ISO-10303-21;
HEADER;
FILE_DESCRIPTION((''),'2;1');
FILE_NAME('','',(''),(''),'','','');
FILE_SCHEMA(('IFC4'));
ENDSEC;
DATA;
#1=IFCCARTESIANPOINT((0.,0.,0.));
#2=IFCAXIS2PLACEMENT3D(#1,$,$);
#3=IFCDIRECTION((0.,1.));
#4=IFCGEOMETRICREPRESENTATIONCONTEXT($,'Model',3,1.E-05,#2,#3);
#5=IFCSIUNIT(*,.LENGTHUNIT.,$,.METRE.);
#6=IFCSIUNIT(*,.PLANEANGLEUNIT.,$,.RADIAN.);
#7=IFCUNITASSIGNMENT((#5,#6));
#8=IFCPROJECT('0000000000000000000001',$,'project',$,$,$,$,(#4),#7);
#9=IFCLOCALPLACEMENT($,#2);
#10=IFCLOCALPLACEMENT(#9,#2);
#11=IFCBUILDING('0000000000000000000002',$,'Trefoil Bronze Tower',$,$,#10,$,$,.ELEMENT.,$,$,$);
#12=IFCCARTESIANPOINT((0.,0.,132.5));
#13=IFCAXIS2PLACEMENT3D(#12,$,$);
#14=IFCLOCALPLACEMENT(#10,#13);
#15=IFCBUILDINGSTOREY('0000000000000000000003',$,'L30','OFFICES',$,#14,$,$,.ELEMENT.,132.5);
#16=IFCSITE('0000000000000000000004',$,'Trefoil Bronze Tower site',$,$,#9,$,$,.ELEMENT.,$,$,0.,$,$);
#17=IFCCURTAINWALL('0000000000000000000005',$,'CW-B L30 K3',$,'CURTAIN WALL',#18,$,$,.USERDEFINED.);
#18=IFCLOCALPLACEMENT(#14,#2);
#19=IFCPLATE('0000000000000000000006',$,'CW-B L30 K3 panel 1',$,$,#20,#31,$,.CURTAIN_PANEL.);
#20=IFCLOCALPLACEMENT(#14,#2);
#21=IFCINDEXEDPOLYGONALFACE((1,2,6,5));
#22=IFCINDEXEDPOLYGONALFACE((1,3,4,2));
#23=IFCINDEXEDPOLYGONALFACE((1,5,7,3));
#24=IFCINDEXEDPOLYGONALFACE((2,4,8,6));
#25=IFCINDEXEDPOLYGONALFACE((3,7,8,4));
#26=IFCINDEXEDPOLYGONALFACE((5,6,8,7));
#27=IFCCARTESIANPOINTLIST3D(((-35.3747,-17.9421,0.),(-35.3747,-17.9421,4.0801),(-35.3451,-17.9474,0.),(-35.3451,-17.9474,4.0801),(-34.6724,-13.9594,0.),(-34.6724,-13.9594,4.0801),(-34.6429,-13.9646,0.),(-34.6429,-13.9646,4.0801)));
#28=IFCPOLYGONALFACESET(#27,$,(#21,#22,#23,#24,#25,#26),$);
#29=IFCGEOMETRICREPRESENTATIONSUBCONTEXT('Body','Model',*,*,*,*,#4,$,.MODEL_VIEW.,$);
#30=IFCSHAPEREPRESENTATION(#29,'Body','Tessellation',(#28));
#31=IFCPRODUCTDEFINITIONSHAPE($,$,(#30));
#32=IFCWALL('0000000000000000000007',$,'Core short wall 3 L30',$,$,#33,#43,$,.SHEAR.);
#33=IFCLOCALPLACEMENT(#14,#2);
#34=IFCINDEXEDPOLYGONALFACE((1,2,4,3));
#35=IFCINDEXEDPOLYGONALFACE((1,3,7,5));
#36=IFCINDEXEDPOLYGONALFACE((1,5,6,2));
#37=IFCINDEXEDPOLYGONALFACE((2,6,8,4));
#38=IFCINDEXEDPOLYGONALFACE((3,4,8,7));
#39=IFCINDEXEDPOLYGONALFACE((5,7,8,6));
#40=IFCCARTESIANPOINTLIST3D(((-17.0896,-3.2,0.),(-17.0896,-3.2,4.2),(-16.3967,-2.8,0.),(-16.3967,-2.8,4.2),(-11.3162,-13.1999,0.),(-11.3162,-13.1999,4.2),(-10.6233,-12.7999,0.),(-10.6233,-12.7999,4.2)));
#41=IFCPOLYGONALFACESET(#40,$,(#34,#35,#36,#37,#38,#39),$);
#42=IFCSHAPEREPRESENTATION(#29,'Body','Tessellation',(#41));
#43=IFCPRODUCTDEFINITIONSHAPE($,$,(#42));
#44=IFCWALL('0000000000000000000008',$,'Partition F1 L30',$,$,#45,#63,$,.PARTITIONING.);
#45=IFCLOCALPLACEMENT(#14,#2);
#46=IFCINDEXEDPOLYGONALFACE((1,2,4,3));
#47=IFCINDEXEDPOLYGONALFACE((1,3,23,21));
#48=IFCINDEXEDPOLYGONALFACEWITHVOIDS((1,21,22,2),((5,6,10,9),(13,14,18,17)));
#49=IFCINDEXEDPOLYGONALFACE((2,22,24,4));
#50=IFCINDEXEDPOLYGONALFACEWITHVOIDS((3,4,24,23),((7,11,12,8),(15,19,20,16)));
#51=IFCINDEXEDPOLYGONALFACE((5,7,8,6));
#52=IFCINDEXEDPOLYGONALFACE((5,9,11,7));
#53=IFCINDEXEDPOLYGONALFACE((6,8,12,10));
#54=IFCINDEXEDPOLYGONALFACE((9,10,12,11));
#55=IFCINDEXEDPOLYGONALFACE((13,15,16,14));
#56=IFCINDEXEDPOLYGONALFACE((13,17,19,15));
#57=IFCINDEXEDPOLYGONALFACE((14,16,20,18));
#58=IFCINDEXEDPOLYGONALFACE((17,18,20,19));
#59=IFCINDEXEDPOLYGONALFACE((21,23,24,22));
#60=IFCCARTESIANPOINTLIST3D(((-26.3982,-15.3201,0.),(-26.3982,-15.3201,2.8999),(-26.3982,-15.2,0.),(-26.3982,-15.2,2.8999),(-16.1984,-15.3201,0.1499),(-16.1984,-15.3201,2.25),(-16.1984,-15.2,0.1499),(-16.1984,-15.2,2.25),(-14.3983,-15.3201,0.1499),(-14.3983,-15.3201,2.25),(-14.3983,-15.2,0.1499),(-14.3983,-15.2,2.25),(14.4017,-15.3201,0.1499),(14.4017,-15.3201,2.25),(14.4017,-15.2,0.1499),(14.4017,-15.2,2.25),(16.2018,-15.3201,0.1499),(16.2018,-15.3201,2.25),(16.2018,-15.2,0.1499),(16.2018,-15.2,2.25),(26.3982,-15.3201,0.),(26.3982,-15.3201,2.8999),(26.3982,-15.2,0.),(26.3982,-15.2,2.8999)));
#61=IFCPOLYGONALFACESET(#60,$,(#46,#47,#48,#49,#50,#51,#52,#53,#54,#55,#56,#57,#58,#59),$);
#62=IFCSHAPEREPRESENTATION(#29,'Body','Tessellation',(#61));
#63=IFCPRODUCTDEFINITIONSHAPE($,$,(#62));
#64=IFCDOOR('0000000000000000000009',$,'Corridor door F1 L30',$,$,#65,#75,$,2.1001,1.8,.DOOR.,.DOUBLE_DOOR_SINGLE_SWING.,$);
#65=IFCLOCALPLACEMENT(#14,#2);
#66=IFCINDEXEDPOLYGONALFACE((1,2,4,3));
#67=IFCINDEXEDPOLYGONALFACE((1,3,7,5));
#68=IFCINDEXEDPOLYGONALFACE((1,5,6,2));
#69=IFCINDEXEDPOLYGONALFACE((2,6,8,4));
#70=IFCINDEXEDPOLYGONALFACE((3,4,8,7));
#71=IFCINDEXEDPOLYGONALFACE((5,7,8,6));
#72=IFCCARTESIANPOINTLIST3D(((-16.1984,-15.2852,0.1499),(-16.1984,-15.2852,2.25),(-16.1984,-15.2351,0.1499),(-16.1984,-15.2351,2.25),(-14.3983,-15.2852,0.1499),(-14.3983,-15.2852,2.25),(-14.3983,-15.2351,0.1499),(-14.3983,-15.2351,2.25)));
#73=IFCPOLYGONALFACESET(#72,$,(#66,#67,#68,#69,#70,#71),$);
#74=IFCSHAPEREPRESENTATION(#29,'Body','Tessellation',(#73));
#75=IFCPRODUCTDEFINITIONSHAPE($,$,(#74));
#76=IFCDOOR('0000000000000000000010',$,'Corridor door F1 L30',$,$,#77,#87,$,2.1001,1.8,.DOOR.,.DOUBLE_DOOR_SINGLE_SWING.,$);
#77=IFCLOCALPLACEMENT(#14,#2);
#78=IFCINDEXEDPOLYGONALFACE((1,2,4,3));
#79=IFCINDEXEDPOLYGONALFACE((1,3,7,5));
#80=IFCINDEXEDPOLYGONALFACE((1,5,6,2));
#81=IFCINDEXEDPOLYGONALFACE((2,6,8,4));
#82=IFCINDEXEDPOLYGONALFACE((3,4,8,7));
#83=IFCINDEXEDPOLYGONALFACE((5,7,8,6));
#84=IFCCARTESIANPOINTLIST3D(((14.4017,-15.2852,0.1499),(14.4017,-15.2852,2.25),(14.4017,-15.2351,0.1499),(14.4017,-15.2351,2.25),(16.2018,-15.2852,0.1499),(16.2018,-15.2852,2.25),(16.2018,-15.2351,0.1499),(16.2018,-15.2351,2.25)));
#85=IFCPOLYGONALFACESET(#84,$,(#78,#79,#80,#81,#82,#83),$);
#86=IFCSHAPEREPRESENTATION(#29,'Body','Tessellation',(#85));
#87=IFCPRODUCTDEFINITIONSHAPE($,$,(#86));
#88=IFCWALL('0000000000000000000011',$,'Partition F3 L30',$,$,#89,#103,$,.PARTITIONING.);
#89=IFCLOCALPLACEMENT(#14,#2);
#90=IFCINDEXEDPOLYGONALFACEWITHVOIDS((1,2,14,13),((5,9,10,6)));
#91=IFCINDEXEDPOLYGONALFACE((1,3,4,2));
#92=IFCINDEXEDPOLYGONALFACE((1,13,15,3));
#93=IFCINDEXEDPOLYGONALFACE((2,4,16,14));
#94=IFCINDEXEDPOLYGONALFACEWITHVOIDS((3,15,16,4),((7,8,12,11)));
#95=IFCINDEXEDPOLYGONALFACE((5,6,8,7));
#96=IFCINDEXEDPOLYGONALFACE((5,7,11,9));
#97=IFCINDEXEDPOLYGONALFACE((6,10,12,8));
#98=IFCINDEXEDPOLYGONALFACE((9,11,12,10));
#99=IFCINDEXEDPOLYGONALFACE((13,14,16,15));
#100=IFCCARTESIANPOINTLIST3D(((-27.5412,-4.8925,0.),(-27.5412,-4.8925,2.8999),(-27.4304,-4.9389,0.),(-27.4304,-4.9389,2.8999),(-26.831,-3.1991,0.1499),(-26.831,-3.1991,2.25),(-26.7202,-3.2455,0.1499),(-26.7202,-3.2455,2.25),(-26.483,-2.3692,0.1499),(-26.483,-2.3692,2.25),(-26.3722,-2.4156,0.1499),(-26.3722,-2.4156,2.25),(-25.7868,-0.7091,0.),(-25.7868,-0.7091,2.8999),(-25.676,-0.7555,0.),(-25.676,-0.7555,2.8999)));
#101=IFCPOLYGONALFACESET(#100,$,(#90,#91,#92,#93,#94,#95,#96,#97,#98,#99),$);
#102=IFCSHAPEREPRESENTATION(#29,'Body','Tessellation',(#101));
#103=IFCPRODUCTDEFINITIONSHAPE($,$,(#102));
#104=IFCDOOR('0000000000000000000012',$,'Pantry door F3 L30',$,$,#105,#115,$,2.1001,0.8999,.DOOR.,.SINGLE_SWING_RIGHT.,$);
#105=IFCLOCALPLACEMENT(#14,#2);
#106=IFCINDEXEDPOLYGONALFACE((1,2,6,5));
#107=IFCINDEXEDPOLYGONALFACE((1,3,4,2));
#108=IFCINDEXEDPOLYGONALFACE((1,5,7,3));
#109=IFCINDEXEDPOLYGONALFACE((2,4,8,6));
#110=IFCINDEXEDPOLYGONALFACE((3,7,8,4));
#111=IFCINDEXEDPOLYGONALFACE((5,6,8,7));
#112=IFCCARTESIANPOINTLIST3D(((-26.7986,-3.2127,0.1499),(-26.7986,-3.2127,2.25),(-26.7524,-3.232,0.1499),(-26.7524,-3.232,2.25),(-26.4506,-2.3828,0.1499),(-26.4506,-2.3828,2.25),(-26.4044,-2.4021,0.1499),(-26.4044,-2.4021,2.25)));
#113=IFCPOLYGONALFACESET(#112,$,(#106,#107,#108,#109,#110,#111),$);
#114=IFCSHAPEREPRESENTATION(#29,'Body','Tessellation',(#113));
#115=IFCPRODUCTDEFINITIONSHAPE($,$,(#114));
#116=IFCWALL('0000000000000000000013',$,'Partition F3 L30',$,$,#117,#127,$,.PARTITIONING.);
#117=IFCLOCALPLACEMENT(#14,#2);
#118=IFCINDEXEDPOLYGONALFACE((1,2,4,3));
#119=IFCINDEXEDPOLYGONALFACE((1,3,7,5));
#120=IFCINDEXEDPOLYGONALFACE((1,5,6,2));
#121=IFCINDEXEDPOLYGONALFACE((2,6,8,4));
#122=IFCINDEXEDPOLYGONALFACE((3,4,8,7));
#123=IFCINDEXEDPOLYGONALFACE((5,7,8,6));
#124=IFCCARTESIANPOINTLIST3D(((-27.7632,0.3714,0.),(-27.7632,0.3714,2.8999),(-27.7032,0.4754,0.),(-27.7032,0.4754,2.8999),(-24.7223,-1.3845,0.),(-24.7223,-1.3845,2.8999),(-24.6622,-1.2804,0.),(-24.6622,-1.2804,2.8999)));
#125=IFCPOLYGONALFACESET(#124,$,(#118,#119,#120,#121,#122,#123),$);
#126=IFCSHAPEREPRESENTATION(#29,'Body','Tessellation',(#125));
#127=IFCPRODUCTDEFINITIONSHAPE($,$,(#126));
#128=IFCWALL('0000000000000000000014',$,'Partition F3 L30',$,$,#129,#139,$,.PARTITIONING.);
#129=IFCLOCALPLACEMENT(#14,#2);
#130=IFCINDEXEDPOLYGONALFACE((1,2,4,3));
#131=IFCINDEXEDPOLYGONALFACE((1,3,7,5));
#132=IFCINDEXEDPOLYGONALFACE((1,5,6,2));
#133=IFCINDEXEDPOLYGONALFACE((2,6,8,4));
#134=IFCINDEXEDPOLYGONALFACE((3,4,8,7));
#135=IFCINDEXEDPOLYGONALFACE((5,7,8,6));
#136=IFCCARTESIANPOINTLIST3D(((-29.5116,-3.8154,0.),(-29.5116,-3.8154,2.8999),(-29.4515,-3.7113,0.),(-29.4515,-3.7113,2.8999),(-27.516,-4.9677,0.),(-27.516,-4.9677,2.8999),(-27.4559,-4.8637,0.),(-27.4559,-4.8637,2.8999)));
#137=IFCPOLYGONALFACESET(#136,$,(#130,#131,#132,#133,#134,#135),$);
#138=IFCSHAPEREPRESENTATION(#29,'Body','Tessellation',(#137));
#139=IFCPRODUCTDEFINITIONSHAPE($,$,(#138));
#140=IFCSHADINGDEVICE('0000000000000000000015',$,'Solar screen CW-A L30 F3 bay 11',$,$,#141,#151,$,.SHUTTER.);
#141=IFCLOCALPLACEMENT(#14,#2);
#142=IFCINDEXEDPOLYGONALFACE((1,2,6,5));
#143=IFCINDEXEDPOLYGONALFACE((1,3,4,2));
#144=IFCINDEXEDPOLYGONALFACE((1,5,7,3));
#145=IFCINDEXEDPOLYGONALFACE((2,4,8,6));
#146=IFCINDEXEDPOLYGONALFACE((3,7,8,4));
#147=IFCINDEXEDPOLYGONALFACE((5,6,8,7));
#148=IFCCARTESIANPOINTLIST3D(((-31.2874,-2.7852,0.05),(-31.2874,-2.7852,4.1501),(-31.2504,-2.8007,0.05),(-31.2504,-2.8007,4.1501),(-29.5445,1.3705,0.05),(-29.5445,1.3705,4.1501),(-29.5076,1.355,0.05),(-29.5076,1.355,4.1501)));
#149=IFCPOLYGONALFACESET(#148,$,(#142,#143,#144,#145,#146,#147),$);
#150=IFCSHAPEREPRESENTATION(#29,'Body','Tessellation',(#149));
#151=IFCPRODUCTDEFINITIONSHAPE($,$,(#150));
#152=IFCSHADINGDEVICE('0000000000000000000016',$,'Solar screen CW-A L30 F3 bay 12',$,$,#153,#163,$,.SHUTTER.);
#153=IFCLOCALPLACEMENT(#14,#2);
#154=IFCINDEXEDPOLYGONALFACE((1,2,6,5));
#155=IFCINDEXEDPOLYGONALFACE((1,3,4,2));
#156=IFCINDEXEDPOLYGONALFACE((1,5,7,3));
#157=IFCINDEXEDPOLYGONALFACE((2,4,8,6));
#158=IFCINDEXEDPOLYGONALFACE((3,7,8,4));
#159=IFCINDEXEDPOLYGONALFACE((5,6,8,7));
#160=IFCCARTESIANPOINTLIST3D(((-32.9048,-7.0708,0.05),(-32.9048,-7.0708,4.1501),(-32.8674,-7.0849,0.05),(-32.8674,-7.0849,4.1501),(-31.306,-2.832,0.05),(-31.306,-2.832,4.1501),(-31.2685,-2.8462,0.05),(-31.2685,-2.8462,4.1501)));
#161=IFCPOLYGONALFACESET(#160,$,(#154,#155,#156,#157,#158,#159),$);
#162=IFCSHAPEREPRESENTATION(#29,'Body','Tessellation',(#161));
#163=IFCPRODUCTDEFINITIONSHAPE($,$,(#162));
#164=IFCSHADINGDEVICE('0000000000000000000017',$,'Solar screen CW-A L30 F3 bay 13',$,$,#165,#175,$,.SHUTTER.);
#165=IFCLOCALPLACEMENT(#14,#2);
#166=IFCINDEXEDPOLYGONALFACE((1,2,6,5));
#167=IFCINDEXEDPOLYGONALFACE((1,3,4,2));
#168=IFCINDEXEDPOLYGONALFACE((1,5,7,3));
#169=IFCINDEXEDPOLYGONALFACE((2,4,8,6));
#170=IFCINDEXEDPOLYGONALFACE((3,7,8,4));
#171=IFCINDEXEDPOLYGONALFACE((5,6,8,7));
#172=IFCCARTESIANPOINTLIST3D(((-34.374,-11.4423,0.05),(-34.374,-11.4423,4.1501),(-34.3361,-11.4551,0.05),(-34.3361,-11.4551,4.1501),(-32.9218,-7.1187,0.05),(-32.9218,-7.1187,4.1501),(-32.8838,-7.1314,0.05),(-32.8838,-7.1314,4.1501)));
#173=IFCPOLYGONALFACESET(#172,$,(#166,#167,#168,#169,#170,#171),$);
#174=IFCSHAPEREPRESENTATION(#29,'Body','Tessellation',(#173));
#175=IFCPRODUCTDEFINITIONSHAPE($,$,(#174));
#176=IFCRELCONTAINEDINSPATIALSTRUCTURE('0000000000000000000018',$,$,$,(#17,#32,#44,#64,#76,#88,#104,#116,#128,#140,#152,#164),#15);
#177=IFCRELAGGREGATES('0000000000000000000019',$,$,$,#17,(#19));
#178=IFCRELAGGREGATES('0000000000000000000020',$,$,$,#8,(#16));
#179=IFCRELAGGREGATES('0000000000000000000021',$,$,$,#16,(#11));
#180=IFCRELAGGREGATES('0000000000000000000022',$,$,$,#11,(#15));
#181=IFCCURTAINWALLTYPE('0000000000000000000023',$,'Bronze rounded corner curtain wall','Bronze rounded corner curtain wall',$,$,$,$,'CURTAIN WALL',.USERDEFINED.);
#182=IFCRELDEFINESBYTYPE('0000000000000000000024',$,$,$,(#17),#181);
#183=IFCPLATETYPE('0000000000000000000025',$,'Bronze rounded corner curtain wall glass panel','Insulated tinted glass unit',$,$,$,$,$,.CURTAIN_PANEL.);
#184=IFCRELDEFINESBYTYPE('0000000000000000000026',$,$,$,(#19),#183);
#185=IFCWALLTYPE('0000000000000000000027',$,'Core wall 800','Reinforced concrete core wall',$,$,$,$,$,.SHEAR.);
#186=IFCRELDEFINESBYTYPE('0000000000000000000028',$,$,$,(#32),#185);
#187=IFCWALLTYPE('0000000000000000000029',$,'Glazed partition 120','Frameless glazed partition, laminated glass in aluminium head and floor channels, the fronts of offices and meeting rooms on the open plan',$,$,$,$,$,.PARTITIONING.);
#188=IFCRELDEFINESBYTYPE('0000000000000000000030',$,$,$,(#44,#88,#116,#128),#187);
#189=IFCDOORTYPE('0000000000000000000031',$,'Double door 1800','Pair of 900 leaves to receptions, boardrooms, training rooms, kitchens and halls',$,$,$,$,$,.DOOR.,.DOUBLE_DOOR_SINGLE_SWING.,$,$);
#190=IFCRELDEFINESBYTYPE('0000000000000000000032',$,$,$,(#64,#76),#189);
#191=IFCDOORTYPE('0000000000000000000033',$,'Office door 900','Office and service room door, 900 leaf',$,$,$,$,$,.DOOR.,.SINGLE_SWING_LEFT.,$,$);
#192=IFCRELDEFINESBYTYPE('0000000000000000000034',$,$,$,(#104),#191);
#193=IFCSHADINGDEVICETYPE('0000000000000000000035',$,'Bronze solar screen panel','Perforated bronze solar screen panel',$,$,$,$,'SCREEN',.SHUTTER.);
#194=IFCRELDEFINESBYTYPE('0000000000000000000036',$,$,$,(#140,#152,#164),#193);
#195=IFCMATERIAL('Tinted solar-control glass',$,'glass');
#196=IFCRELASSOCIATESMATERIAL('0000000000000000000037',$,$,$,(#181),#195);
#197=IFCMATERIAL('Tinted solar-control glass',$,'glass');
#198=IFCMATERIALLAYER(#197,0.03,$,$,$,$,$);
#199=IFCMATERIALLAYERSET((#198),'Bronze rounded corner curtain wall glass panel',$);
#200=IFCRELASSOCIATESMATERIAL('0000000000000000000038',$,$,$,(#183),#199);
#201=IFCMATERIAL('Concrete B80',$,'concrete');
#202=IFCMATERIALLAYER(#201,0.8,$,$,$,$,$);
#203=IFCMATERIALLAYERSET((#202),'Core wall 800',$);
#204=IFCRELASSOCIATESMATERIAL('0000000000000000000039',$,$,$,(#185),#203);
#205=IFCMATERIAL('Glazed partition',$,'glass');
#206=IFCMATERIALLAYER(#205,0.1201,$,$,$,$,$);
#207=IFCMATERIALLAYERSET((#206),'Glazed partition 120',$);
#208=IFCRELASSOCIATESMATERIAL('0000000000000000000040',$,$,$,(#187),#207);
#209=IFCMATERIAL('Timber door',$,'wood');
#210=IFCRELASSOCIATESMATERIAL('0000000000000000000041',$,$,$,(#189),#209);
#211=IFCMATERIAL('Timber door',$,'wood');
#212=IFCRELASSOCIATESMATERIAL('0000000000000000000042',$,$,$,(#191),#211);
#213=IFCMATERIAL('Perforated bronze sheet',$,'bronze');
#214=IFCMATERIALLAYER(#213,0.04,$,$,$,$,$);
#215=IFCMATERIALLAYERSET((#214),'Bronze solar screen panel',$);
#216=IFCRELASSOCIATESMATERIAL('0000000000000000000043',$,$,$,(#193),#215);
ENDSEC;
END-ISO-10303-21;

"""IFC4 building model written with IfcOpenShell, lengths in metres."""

from ifc_helpers import new_model, si_unit, direction, frame, frame_2d, origin, origin_2d, place, context, subcontext, project, spatial, rectangle, extrude, material, layer, layer_set, type_object, element, fill, aggregate, save


model = new_model("IFC4")

# Units and contexts
model_context = context("Model", 3, precision=1e-05, world=origin(), true_north=direction((0.0, 1.0)))
body_context = subcontext(model_context, "Body", "Model", "MODEL_VIEW")
ifc_project = project(units=[si_unit("LENGTHUNIT", "METRE"), si_unit("PLANEANGLEUNIT", "RADIAN")], contexts=[model_context])

# Site, building, storey
site_placement = place(None, origin())
site = spatial("IfcSite", under=ifc_project, at=site_placement, Name="Trefoil Bronze Tower site", CompositionType="ELEMENT", RefElevation=0.0)
building_placement = place(site_placement, origin())
building = spatial("IfcBuilding", under=site, at=building_placement, Name="Trefoil Bronze Tower", CompositionType="ELEMENT")
storey_placement = place(building_placement, frame((0.0, 0.0, 132.5)))
storey = spatial("IfcBuildingStorey", under=building, at=storey_placement, Name="L30", Description="OFFICES", CompositionType="ELEMENT", Elevation=132.5)

# Curtain wall
ifc_material_1 = material(Name="Tinted solar-control glass", Category="glass")
curtain_wall_type_1 = type_object("IfcCurtainWallType", Name="Bronze rounded corner curtain wall", Description="Bronze rounded corner curtain wall", ElementType="CURTAIN WALL", PredefinedType="USERDEFINED", material=ifc_material_1)
curtain_wall_1_placement = place(storey_placement, origin())
curtain_wall_1 = element("IfcCurtainWall", 1, at=curtain_wall_1_placement, inside=storey, type_object=curtain_wall_type_1, Name="CW-B L30 K3", ObjectType="CURTAIN WALL", PredefinedType="USERDEFINED")

# Plate
ifc_material_2 = material(Name="Tinted solar-control glass", Category="glass")
ifc_layer_1 = layer(ifc_material_2, 0.03)
ifc_layer_set_1 = layer_set([ifc_layer_1], Name="Bronze rounded corner curtain wall glass panel")
plate_type_1 = type_object("IfcPlateType", Name="Bronze rounded corner curtain wall glass panel", Description="Insulated tinted glass unit", PredefinedType="CURTAIN_PANEL", material=ifc_layer_set_1)
plate_1_placement = place(storey_placement, frame((-35.0088, -15.9534, 0.0), z_axis=(0.0, 0.0, 1.0), x_axis=(-0.173648, -0.984808, 0.0)))
plate_1 = element("IfcPlate", 2, at=plate_1_placement, type_object=plate_type_1, Name="CW-B L30 K3 panel 1", PredefinedType="CURTAIN_PANEL", context=body_context, shape_type="SweptSolid", body=[
    extrude(rectangle(XDim=4.0442, YDim=0.03, at=origin_2d()), origin(), (0.0, 0.0, 1.0), 4.0801),
])
aggregate(curtain_wall_1, [plate_1])

# Wall
ifc_material_3 = material(Name="Concrete B80", Category="concrete")
ifc_layer_2 = layer(ifc_material_3, 0.8)
ifc_layer_set_2 = layer_set([ifc_layer_2], Name="Core wall 800")
wall_type_1 = type_object("IfcWallType", Name="Core wall 800", Description="Reinforced concrete core wall", PredefinedType="SHEAR", material=ifc_layer_set_2)
wall_1_placement = place(storey_placement, frame((-16.7432, -3.0, 0.0), z_axis=(0.0, 0.0, 1.0), x_axis=(0.499996, -0.866028, 0.0)))
element("IfcWall", 3, at=wall_1_placement, inside=storey, type_object=wall_type_1, Name="Core short wall 3 L30", PredefinedType="SHEAR", context=body_context, shape_type="SweptSolid", body=[
    extrude(rectangle(XDim=11.5469, YDim=0.8, at=frame_2d((5.7734, 0.0))), origin(), (0.0, 0.0, 1.0), 4.2),
])

# Wall, openings, doors
ifc_material_4 = material(Name="Glazed partition", Category="glass")
ifc_layer_3 = layer(ifc_material_4, 0.1201)
ifc_layer_set_3 = layer_set([ifc_layer_3], Name="Glazed partition 120")
wall_type_2 = type_object("IfcWallType", Name="Glazed partition 120", Description="Frameless glazed partition, laminated glass in aluminium head and floor channels, the fronts of offices and meeting rooms on the open plan", PredefinedType="PARTITIONING", material=ifc_layer_set_3)
wall_2_placement = place(storey_placement, frame((-26.3982, -15.26, 0.0), z_axis=(0.0, 0.0, 1.0), x_axis=(1.0, 0.0, 0.0)))
wall_2 = element("IfcWall", 4, at=wall_2_placement, inside=storey, type_object=wall_type_2, Name="Partition F1 L30", PredefinedType="PARTITIONING", context=body_context, shape_type="SweptSolid", body=[
    extrude(rectangle(XDim=52.7964, YDim=0.1201, at=frame_2d((26.3982, 0.0))), origin(), (0.0, 0.0, 1.0), 2.8999),
])
opening_1_placement = place(wall_2_placement, frame((10.2, 0.0, 0.1499)))
opening_1 = element("IfcOpeningElement", 5, at=opening_1_placement, cuts=wall_2, PredefinedType="OPENING", context=body_context, shape_type="SweptSolid", body=[
    extrude(rectangle(XDim=1.8, YDim=2.1001, at=frame_2d((0.8999, 1.05))), frame((0.0, 0.0701, 0.0), z_axis=(0.0, -1.0, 0.0), x_axis=(1.0, 0.0, 0.0)), (0.0, 0.0, 1.0), 0.1401),
])
opening_2_placement = place(wall_2_placement, frame((40.8, 0.0, 0.1499)))
opening_2 = element("IfcOpeningElement", 6, at=opening_2_placement, cuts=wall_2, PredefinedType="OPENING", context=body_context, shape_type="SweptSolid", body=[
    extrude(rectangle(XDim=1.8, YDim=2.1001, at=frame_2d((0.8999, 1.05))), frame((0.0, 0.0701, 0.0), z_axis=(0.0, -1.0, 0.0), x_axis=(1.0, 0.0, 0.0)), (0.0, 0.0, 1.0), 0.1401),
])
ifc_material_5 = material(Name="Timber door", Category="wood")
door_type_1 = type_object("IfcDoorType", Name="Double door 1800", Description="Pair of 900 leaves to receptions, boardrooms, training rooms, kitchens and halls", OperationType="DOUBLE_DOOR_SINGLE_SWING", PredefinedType="DOOR", material=ifc_material_5)
door_1_placement = place(opening_1_placement, origin())
door_1 = element("IfcDoor", 7, at=door_1_placement, inside=storey, type_object=door_type_1, Name="Corridor door F1 L30", OperationType="DOUBLE_DOOR_SINGLE_SWING", OverallHeight=2.1001, OverallWidth=1.8, PredefinedType="DOOR", context=body_context, shape_type="SweptSolid", body=[
    extrude(rectangle(XDim=1.8, YDim=2.1001, at=frame_2d((0.8999, 1.05))), frame((0.0, 0.0249, 0.0), z_axis=(0.0, -1.0, 0.0), x_axis=(1.0, 0.0, 0.0)), (0.0, 0.0, 1.0), 0.05),
])
fill(opening_1, door_1)
door_2_placement = place(opening_2_placement, origin())
door_2 = element("IfcDoor", 8, at=door_2_placement, inside=storey, type_object=door_type_1, Name="Corridor door F1 L30", OperationType="DOUBLE_DOOR_SINGLE_SWING", OverallHeight=2.1001, OverallWidth=1.8, PredefinedType="DOOR", context=body_context, shape_type="SweptSolid", body=[
    extrude(rectangle(XDim=1.8, YDim=2.1001, at=frame_2d((0.8999, 1.05))), frame((0.0, 0.0249, 0.0), z_axis=(0.0, -1.0, 0.0), x_axis=(1.0, 0.0, 0.0)), (0.0, 0.0, 1.0), 0.05),
])
fill(opening_2, door_2)

# Wall, opening, door
wall_3_placement = place(storey_placement, frame((-25.7314, -0.7324, 0.0), z_axis=(0.0, 0.0, 1.0), x_axis=(-0.386743, -0.922188, 0.0)))
wall_3 = element("IfcWall", 9, at=wall_3_placement, inside=storey, type_object=wall_type_2, Name="Partition F3 L30", PredefinedType="PARTITIONING", context=body_context, shape_type="SweptSolid", body=[
    extrude(rectangle(XDim=4.5364, YDim=0.1201, at=frame_2d((2.2681, 0.0))), origin(), (0.0, 0.0, 1.0), 2.8999),
])
opening_3_placement = place(wall_3_placement, frame((1.8, 0.0, 0.1499)))
opening_3 = element("IfcOpeningElement", 10, at=opening_3_placement, cuts=wall_3, PredefinedType="OPENING", context=body_context, shape_type="SweptSolid", body=[
    extrude(rectangle(XDim=0.8999, YDim=2.1001, at=frame_2d((0.45, 1.05))), frame((0.0, 0.0701, 0.0), z_axis=(0.0, -1.0, 0.0), x_axis=(1.0, 0.0, 0.0)), (0.0, 0.0, 1.0), 0.1401),
])
ifc_material_6 = material(Name="Timber door", Category="wood")
door_type_2 = type_object("IfcDoorType", Name="Office door 900", Description="Office and service room door, 900 leaf", OperationType="SINGLE_SWING_LEFT", PredefinedType="DOOR", material=ifc_material_6)
door_3_placement = place(opening_3_placement, frame((0.8999, 0.0, 0.0), z_axis=(0.0, 0.0, 1.0), x_axis=(-1.0, 0.0, 0.0)))
door_3 = element("IfcDoor", 11, at=door_3_placement, inside=storey, type_object=door_type_2, Name="Pantry door F3 L30", OperationType="SINGLE_SWING_RIGHT", OverallHeight=2.1001, OverallWidth=0.8999, PredefinedType="DOOR", context=body_context, shape_type="SweptSolid", body=[
    extrude(rectangle(XDim=0.8999, YDim=2.1001, at=frame_2d((0.45, 1.05))), frame((0.0, 0.0249, 0.0), z_axis=(0.0, -1.0, 0.0), x_axis=(1.0, 0.0, 0.0)), (0.0, 0.0, 1.0), 0.05),
])
fill(opening_3, door_3)

# Walls
wall_4_placement = place(storey_placement, frame((-24.6921, -1.3325, 0.0), z_axis=(0.0, 0.0, 1.0), x_axis=(-0.86601, 0.500027, 0.0)))
element("IfcWall", 12, at=wall_4_placement, inside=storey, type_object=wall_type_2, Name="Partition F3 L30", PredefinedType="PARTITIONING", context=body_context, shape_type="SweptSolid", body=[
    extrude(rectangle(XDim=3.5115, YDim=0.1201, at=frame_2d((1.7559, 0.0))), origin(), (0.0, 0.0, 1.0), 2.8999),
])
wall_5_placement = place(storey_placement, frame((-27.4858, -4.9158, 0.0), z_axis=(0.0, 0.0, 1.0), x_axis=(-0.865992, 0.500059, 0.0)))
element("IfcWall", 13, at=wall_5_placement, inside=storey, type_object=wall_type_2, Name="Partition F3 L30", PredefinedType="PARTITIONING", context=body_context, shape_type="SweptSolid", body=[
    extrude(rectangle(XDim=2.3044, YDim=0.1201, at=frame_2d((1.1523, 0.0))), origin(), (0.0, 0.0, 1.0), 2.8999),
])

# Shading devices
ifc_material_7 = material(Name="Perforated bronze sheet", Category="bronze")
ifc_layer_4 = layer(ifc_material_7, 0.04)
ifc_layer_set_4 = layer_set([ifc_layer_4], Name="Bronze solar screen panel")
shading_device_type = type_object("IfcShadingDeviceType", Name="Bronze solar screen panel", Description="Perforated bronze solar screen panel", ElementType="SCREEN", PredefinedType="SHUTTER", material=ifc_layer_set_4)
shading_device_1_placement = place(storey_placement, frame((-30.3975, -0.7151, 0.05), z_axis=(0.0, 0.0, 1.0), x_axis=(-0.386759, -0.922181, 0.0)))
element("IfcShadingDevice", 14, at=shading_device_1_placement, inside=storey, type_object=shading_device_type, Name="Solar screen CW-A L30 F3 bay 11", PredefinedType="SHUTTER", context=body_context, shape_type="SweptSolid", body=[
    extrude(rectangle(XDim=4.5063, YDim=0.04, at=origin_2d()), origin(), (0.0, 0.0, 1.0), 4.1001),
])
shading_device_2_placement = place(storey_placement, frame((-32.0867, -4.9585, 0.05), z_axis=(0.0, 0.0, 1.0), x_axis=(-0.35292, -0.935654, 0.0)))
element("IfcShadingDevice", 15, at=shading_device_2_placement, inside=storey, type_object=shading_device_type, Name="Solar screen CW-A L30 F3 bay 12", PredefinedType="SHUTTER", context=body_context, shape_type="SweptSolid", body=[
    extrude(rectangle(XDim=4.5303, YDim=0.04, at=origin_2d()), origin(), (0.0, 0.0, 1.0), 4.1001),
])
shading_device_3_placement = place(storey_placement, frame((-33.6289, -9.2869, 0.05), z_axis=(0.0, 0.0, 1.0), x_axis=(-0.318404, -0.947955, 0.0)))
element("IfcShadingDevice", 16, at=shading_device_3_placement, inside=storey, type_object=shading_device_type, Name="Solar screen CW-A L30 F3 bay 13", PredefinedType="SHUTTER", context=body_context, shape_type="SweptSolid", body=[
    extrude(rectangle(XDim=4.561, YDim=0.04, at=origin_2d()), origin(), (0.0, 0.0, 1.0), 4.1001),
])

save(model, "model.ifc")
